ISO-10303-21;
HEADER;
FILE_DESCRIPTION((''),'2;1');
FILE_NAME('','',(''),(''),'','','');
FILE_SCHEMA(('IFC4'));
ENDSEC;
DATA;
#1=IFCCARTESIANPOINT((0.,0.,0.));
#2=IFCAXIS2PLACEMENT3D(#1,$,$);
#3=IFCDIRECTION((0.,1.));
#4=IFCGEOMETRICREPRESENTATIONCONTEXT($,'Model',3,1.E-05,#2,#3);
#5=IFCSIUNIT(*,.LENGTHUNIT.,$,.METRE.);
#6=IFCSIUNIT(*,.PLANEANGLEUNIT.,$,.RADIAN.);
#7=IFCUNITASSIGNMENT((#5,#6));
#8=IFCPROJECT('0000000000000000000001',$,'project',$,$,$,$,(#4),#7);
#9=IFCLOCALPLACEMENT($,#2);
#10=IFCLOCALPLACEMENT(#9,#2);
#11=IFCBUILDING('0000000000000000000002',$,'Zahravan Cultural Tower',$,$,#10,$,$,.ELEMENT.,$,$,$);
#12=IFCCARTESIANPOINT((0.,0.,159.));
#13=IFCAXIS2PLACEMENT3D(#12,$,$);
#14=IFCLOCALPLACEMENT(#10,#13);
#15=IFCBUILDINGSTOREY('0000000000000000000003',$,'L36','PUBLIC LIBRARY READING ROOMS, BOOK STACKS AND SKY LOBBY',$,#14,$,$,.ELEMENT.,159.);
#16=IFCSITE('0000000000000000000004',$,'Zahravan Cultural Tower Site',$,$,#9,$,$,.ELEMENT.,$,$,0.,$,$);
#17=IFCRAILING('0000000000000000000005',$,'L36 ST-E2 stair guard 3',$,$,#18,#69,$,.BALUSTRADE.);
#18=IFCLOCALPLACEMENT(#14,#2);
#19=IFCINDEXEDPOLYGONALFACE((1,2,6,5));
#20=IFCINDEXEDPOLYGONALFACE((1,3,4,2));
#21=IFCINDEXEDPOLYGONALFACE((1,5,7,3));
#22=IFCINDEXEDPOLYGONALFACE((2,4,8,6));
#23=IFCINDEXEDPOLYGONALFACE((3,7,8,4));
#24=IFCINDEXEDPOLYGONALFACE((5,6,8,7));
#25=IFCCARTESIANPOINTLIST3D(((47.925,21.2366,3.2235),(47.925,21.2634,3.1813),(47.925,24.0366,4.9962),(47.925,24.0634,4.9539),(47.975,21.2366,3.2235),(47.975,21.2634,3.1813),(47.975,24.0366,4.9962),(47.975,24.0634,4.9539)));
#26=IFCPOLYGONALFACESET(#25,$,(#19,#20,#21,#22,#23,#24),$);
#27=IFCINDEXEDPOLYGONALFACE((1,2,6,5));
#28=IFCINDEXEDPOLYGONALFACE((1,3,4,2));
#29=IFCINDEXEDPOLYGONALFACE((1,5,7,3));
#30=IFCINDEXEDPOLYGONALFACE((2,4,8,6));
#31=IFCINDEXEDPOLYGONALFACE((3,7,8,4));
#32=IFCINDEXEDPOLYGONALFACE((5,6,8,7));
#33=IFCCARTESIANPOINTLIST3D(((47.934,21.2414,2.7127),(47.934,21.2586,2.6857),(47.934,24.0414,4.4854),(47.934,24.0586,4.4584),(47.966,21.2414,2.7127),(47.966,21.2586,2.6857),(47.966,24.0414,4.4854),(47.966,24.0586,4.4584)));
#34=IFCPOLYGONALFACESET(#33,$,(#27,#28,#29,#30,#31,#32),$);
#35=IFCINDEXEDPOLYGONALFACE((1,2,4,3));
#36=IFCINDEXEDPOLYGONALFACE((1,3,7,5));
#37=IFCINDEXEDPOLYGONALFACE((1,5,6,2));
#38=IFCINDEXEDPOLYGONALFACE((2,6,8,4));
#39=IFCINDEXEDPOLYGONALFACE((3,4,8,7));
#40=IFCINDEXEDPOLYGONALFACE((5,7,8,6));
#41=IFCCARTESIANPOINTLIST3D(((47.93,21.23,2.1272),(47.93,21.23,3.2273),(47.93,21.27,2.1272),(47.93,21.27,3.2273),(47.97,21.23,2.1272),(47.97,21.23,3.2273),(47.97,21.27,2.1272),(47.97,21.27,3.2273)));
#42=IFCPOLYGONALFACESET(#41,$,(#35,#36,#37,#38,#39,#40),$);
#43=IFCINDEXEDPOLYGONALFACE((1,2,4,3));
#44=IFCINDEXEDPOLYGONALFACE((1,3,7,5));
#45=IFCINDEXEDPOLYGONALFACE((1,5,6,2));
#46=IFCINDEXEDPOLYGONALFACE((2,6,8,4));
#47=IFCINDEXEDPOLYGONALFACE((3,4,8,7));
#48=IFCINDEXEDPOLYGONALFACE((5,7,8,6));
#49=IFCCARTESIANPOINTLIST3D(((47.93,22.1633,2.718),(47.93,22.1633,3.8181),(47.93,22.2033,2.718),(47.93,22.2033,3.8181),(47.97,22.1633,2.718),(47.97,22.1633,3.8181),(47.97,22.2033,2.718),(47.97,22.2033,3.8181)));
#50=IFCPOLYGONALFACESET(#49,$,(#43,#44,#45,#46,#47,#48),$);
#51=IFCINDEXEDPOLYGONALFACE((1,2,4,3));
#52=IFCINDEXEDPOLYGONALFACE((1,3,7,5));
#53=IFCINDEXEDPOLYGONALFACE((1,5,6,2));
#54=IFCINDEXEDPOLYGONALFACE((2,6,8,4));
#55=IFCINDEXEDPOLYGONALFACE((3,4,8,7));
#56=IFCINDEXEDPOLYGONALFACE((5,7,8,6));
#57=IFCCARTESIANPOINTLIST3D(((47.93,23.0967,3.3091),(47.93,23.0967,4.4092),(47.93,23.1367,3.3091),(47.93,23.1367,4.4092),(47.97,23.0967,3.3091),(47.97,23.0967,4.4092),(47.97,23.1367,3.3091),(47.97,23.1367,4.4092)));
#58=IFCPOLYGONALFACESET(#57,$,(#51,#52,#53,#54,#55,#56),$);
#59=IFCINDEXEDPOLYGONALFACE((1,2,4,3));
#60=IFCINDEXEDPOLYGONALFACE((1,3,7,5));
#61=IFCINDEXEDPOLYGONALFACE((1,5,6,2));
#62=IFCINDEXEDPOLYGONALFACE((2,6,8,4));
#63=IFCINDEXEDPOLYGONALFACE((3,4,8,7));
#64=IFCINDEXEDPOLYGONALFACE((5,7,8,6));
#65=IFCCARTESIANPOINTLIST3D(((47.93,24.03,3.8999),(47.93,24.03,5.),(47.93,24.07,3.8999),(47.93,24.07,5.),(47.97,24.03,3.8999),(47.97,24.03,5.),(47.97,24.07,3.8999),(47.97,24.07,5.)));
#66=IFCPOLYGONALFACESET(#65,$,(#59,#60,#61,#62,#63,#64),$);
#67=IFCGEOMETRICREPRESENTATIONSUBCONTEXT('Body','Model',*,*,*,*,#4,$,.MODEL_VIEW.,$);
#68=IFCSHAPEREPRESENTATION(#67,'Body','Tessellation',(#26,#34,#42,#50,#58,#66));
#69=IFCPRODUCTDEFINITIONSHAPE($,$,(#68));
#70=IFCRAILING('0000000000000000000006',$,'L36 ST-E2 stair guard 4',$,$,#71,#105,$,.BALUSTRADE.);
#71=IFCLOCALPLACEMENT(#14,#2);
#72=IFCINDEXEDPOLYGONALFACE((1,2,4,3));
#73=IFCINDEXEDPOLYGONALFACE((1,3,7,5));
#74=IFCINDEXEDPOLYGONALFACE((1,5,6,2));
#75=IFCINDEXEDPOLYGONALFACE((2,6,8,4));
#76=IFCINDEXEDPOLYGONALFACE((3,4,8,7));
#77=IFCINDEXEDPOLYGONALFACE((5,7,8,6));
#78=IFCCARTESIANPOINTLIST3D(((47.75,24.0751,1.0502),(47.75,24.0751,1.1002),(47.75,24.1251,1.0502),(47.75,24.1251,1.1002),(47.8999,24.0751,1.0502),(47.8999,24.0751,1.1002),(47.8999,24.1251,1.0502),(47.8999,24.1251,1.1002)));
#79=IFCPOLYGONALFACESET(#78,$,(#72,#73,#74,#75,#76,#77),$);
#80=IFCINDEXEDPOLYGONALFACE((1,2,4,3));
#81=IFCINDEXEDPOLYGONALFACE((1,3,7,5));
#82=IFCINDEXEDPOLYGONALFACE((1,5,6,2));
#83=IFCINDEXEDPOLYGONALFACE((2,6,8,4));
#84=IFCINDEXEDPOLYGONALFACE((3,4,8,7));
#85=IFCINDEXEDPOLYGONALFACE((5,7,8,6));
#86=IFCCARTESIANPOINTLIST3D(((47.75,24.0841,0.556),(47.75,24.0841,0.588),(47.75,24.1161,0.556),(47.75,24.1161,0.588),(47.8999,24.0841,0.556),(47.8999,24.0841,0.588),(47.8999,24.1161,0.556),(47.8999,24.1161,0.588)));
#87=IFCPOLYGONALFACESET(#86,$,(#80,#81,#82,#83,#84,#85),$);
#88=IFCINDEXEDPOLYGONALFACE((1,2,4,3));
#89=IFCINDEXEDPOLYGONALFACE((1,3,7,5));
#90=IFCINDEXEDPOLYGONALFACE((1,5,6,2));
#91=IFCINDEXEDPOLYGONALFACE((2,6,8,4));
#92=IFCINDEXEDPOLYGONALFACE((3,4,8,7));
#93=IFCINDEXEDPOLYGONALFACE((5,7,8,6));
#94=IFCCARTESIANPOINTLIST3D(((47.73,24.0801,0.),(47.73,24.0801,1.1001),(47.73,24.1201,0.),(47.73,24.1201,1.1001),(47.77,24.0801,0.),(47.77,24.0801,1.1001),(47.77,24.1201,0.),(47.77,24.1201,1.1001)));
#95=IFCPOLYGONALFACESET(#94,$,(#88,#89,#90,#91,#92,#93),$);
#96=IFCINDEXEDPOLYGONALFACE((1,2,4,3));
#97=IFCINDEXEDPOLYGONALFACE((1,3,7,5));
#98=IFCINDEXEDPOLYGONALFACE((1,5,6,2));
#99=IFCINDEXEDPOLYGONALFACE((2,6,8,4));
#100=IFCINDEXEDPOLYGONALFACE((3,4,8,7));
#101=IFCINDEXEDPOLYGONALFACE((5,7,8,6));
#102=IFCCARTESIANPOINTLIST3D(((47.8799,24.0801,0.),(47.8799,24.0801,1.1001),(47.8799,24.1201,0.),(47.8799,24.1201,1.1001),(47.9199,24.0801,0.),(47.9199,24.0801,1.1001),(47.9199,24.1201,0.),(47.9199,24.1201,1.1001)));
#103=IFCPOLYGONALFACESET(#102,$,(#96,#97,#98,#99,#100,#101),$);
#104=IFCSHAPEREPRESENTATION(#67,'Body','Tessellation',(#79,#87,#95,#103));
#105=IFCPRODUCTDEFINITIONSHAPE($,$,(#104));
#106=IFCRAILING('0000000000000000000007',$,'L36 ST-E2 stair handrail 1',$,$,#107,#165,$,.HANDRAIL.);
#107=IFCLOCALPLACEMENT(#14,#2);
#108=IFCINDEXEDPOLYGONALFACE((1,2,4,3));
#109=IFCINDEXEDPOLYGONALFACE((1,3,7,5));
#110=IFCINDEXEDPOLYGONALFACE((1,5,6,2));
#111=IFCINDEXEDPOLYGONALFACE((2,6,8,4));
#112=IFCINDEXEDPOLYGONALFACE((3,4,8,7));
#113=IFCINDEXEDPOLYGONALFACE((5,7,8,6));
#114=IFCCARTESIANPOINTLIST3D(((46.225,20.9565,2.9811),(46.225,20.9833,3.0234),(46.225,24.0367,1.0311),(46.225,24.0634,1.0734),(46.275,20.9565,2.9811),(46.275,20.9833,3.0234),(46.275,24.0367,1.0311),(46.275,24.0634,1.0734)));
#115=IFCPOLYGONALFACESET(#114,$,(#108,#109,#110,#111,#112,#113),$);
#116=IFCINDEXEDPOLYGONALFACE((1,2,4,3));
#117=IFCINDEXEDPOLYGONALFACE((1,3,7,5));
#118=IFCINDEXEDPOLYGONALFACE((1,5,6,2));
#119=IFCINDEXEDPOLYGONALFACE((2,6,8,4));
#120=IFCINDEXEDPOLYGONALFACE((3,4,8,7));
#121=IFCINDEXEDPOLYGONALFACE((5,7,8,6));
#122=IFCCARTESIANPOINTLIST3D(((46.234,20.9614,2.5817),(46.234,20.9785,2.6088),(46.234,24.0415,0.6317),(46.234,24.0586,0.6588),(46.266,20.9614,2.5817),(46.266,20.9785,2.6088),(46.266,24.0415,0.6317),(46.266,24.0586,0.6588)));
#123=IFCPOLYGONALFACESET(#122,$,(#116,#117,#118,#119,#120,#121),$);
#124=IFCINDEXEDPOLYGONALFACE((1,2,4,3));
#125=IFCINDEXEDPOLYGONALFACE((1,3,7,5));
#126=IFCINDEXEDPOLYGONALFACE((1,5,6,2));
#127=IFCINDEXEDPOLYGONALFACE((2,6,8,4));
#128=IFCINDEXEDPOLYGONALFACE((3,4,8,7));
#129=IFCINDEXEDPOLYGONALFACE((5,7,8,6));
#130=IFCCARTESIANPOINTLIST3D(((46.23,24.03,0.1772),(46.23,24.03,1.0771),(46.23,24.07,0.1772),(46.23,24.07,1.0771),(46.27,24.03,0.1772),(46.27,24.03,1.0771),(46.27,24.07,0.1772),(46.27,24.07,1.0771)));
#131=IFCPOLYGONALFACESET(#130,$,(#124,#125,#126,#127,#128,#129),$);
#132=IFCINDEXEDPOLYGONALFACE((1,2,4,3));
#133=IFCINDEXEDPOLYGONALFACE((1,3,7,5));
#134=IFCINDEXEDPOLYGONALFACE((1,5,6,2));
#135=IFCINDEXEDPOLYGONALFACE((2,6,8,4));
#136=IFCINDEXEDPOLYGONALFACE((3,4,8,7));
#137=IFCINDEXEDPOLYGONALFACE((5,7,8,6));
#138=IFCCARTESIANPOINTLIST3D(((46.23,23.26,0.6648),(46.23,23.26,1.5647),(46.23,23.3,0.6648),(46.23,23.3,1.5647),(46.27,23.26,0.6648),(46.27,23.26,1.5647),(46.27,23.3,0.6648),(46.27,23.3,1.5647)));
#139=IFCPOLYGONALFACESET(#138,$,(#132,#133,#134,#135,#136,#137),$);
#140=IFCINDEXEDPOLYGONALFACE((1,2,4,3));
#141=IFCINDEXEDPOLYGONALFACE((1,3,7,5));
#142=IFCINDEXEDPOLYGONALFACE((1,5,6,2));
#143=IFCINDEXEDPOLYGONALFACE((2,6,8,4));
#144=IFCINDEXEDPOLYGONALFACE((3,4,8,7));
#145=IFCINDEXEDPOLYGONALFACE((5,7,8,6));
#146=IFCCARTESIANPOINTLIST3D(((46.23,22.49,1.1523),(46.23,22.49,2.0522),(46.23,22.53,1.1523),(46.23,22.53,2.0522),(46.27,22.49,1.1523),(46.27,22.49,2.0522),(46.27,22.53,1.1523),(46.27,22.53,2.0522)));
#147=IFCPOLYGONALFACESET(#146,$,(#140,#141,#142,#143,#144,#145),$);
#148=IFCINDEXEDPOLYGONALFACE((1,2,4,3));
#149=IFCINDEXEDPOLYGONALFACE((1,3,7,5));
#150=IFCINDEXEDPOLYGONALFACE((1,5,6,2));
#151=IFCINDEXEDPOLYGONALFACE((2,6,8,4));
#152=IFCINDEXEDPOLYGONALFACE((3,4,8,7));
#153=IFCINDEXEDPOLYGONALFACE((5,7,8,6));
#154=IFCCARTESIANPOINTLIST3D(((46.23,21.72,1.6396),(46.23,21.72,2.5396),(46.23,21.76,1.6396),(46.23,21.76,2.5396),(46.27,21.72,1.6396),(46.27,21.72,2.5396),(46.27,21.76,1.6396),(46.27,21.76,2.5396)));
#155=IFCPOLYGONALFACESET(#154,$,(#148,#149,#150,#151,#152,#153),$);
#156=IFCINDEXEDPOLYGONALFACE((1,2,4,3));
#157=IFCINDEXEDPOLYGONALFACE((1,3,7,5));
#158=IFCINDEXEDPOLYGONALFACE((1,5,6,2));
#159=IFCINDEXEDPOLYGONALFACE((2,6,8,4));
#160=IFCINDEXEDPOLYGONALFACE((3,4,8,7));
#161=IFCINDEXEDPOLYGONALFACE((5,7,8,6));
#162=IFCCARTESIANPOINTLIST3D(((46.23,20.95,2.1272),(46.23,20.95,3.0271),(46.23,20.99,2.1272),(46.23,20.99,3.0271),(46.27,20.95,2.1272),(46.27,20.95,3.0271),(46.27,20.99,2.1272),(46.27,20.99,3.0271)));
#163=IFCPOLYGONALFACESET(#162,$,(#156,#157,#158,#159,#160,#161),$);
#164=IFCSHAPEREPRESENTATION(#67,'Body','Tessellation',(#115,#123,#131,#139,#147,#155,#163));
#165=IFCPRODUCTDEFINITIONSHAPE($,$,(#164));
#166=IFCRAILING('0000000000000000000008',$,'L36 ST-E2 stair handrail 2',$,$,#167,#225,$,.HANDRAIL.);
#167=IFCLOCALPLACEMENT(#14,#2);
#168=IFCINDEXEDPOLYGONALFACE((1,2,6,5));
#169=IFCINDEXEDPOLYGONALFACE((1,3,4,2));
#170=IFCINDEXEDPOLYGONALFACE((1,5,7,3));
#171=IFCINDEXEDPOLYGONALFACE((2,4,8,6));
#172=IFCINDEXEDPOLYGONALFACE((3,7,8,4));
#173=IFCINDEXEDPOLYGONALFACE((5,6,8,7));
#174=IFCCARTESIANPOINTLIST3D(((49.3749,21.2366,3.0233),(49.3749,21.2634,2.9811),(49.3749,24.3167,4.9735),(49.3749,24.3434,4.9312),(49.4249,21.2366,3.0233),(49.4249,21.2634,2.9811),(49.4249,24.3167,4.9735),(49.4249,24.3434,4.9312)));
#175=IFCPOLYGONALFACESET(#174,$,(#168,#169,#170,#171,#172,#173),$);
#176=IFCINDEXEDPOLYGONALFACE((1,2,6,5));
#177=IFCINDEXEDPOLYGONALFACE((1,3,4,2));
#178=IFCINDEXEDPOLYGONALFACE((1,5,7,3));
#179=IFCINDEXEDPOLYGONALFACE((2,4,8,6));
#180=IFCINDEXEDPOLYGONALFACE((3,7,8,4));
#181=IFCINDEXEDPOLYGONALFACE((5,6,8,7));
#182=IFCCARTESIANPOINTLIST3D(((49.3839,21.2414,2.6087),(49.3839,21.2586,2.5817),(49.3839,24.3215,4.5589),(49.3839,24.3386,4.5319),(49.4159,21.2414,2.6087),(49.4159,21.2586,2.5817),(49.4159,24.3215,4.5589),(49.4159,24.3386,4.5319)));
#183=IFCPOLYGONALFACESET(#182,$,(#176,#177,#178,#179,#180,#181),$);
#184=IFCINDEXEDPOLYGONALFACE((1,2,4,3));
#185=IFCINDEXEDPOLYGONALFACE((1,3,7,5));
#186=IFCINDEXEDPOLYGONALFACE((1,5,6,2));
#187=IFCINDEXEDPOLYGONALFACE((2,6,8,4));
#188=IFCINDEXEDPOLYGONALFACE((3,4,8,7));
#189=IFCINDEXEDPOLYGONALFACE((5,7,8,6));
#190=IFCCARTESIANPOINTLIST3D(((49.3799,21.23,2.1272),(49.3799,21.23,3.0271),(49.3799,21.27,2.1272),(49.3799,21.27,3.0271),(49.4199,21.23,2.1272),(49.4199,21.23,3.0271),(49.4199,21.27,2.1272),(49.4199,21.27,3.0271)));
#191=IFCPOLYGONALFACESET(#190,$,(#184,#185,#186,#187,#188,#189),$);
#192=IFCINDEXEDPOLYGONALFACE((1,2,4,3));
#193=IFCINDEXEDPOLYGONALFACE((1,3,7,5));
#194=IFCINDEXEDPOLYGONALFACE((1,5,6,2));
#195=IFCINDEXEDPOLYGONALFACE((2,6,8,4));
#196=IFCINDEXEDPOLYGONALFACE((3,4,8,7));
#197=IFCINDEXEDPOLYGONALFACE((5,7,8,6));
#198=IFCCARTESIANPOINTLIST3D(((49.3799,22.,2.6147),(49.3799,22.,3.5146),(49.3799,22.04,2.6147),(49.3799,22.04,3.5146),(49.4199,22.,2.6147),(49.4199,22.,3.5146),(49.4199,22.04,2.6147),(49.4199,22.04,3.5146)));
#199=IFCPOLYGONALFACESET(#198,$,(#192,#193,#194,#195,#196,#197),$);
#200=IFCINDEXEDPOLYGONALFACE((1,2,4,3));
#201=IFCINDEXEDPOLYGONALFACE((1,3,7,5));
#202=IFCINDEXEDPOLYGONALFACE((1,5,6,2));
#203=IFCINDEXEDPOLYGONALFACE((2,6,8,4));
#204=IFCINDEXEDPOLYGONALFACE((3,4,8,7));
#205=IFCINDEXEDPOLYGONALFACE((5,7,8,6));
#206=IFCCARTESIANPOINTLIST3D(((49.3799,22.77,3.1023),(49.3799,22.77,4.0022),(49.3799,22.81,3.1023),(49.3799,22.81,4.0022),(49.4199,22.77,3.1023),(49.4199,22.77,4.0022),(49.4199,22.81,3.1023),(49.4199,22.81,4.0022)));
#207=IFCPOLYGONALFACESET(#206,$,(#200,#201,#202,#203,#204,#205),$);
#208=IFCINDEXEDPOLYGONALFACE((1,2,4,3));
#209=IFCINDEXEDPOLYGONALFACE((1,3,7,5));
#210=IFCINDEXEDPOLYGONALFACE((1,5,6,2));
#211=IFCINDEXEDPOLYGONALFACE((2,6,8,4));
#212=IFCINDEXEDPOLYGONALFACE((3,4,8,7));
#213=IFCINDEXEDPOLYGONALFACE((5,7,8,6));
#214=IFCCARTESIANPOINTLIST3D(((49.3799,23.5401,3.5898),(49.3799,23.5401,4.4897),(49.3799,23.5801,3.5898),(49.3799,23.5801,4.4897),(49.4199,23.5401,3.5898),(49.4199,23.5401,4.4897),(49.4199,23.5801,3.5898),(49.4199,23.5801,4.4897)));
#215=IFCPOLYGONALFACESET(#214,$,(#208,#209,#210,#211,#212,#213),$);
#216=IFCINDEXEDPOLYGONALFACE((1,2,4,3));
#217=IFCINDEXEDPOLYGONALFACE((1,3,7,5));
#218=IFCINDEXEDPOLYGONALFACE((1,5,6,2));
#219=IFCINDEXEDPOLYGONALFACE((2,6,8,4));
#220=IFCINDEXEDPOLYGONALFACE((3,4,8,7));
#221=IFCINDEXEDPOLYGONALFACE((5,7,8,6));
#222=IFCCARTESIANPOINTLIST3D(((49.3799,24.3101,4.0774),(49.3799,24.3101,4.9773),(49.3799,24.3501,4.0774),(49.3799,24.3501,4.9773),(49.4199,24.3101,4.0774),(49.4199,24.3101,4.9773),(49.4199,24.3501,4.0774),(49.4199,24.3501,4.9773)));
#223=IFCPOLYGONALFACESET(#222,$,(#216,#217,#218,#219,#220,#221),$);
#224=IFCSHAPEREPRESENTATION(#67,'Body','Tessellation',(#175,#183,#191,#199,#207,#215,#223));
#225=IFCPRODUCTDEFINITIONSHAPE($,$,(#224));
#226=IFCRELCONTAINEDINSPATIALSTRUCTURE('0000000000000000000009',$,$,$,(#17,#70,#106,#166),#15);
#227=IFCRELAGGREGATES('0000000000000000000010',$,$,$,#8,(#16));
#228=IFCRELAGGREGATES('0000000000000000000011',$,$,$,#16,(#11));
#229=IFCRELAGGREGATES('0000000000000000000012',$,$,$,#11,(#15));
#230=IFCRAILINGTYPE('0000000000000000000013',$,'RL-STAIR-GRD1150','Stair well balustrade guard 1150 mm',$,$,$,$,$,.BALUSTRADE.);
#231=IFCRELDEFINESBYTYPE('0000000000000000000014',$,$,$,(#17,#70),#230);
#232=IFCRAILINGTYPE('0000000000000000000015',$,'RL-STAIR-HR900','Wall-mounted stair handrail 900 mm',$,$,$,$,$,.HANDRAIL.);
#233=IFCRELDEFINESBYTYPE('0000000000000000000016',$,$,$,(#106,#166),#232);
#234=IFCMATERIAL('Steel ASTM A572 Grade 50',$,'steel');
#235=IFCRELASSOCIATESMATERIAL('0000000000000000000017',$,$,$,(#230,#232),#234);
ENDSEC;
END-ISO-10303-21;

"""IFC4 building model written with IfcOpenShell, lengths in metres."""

from ifc_helpers import new_model, si_unit, direction, frame, origin, origin_2d, place, context, subcontext, project, spatial, rectangle, extrude, material, type_object, element, save


model = new_model("IFC4")

# Units and contexts
model_context = context("Model", 3, precision=1e-05, world=origin(), true_north=direction((0.0, 1.0)))
body_context = subcontext(model_context, "Body", "Model", "MODEL_VIEW")
ifc_project = project(units=[si_unit("LENGTHUNIT", "METRE"), si_unit("PLANEANGLEUNIT", "RADIAN")], contexts=[model_context])

# Site, building, storey
site_placement = place(None, origin())
site = spatial("IfcSite", under=ifc_project, at=site_placement, Name="Zahravan Cultural Tower Site", CompositionType="ELEMENT", RefElevation=0.0)
building_placement = place(site_placement, origin())
building = spatial("IfcBuilding", under=site, at=building_placement, Name="Zahravan Cultural Tower", CompositionType="ELEMENT")
storey_placement = place(building_placement, frame((0.0, 0.0, 159.0)))
storey = spatial("IfcBuildingStorey", under=building, at=storey_placement, Name="L36", Description="PUBLIC LIBRARY READING ROOMS, BOOK STACKS AND SKY LOBBY", CompositionType="ELEMENT", Elevation=159.0)

# Shared definitions
ifc_material_1 = material(Name="Steel ASTM A572 Grade 50", Category="steel")

# Railings
railing_type_1 = type_object("IfcRailingType", Name="RL-STAIR-GRD1150", Description="Stair well balustrade guard 1150 mm", PredefinedType="BALUSTRADE", material=ifc_material_1)
railing_1_placement = place(storey_placement, frame((47.95, 21.25, 2.1272)))
element("IfcRailing", 1, at=railing_1_placement, inside=storey, type_object=railing_type_1, Name="L36 ST-E2 stair guard 3", PredefinedType="BALUSTRADE", context=body_context, shape_type="SweptSolid", body=[
    extrude(rectangle(XDim=0.05, YDim=0.05, at=origin_2d()), frame((0.0, 0.0, 1.0752), z_axis=(0.0, 0.844909, 0.53491), x_axis=(-1.0, 0.0, 0.0)), (0.0, 0.0, 1.0), 3.314),
    extrude(rectangle(XDim=0.032, YDim=0.032, at=origin_2d()), frame((0.0, 0.0, 0.572), z_axis=(0.0, 0.844909, 0.53491), x_axis=(-1.0, 0.0, 0.0)), (0.0, 0.0, 1.0), 3.314),
    extrude(rectangle(XDim=0.04, YDim=0.04, at=origin_2d()), origin(), (0.0, 0.0, 1.0), 1.1001),
    extrude(rectangle(XDim=0.04, YDim=0.04, at=origin_2d()), frame((0.0, 0.9333, 0.5908)), (0.0, 0.0, 1.0), 1.1001),
    extrude(rectangle(XDim=0.04, YDim=0.04, at=origin_2d()), frame((0.0, 1.8667, 1.1819)), (0.0, 0.0, 1.0), 1.1001),
    extrude(rectangle(XDim=0.04, YDim=0.04, at=origin_2d()), frame((0.0, 2.8, 1.7727)), (0.0, 0.0, 1.0), 1.1001),
])
railing_2_placement = place(storey_placement, frame((47.75, 24.1001, 0.0)))
element("IfcRailing", 2, at=railing_2_placement, inside=storey, type_object=railing_type_1, Name="L36 ST-E2 stair guard 4", PredefinedType="BALUSTRADE", context=body_context, shape_type="SweptSolid", body=[
    extrude(rectangle(XDim=0.05, YDim=0.05, at=origin_2d()), frame((0.0, 0.0, 1.0752), z_axis=(1.0, 0.0, 0.0), x_axis=(0.0, 1.0, 0.0)), (0.0, 0.0, 1.0), 0.1499),
    extrude(rectangle(XDim=0.032, YDim=0.032, at=origin_2d()), frame((0.0, 0.0, 0.572), z_axis=(1.0, 0.0, 0.0), x_axis=(0.0, 1.0, 0.0)), (0.0, 0.0, 1.0), 0.1499),
    extrude(rectangle(XDim=0.04, YDim=0.04, at=origin_2d()), origin(), (0.0, 0.0, 1.0), 1.1001),
    extrude(rectangle(XDim=0.04, YDim=0.04, at=origin_2d()), frame((0.1499, 0.0, 0.0)), (0.0, 0.0, 1.0), 1.1001),
])
railing_type_2 = type_object("IfcRailingType", Name="RL-STAIR-HR900", Description="Wall-mounted stair handrail 900 mm", PredefinedType="HANDRAIL", material=ifc_material_1)
railing_3_placement = place(storey_placement, frame((46.25, 24.05, 0.1772)))
element("IfcRailing", 3, at=railing_3_placement, inside=storey, type_object=railing_type_2, Name="L36 ST-E2 stair handrail 1", PredefinedType="HANDRAIL", context=body_context, shape_type="SweptSolid", body=[
    extrude(rectangle(XDim=0.05, YDim=0.05, at=origin_2d()), frame((0.0, 0.0, 0.875), z_axis=(0.0, -0.844914, 0.534902), x_axis=(1.0, 0.0, 0.0)), (0.0, 0.0, 1.0), 3.6455),
    extrude(rectangle(XDim=0.032, YDim=0.032, at=origin_2d()), frame((0.0, 0.0, 0.468), z_axis=(0.0, -0.844914, 0.534902), x_axis=(1.0, 0.0, 0.0)), (0.0, 0.0, 1.0), 3.6455),
    extrude(rectangle(XDim=0.04, YDim=0.04, at=origin_2d()), origin(), (0.0, 0.0, 1.0), 0.8999),
    extrude(rectangle(XDim=0.04, YDim=0.04, at=origin_2d()), frame((0.0, -0.77, 0.4875)), (0.0, 0.0, 1.0), 0.8999),
    extrude(rectangle(XDim=0.04, YDim=0.04, at=origin_2d()), frame((0.0, -1.54, 0.9751)), (0.0, 0.0, 1.0), 0.8999),
    extrude(rectangle(XDim=0.04, YDim=0.04, at=origin_2d()), frame((0.0, -2.3101, 1.4624)), (0.0, 0.0, 1.0), 0.8999),
    extrude(rectangle(XDim=0.04, YDim=0.04, at=origin_2d()), frame((0.0, -3.0801, 1.95)), (0.0, 0.0, 1.0), 0.8999),
])
railing_4_placement = place(storey_placement, frame((49.3999, 21.25, 2.1272)))
element("IfcRailing", 4, at=railing_4_placement, inside=storey, type_object=railing_type_2, Name="L36 ST-E2 stair handrail 2", PredefinedType="HANDRAIL", context=body_context, shape_type="SweptSolid", body=[
    extrude(rectangle(XDim=0.05, YDim=0.05, at=origin_2d()), frame((0.0, 0.0, 0.875), z_axis=(0.0, 0.844884, 0.53495), x_axis=(-1.0, 0.0, 0.0)), (0.0, 0.0, 1.0), 3.6455),
    extrude(rectangle(XDim=0.032, YDim=0.032, at=origin_2d()), frame((0.0, 0.0, 0.468), z_axis=(0.0, 0.844884, 0.53495), x_axis=(-1.0, 0.0, 0.0)), (0.0, 0.0, 1.0), 3.6455),
    extrude(rectangle(XDim=0.04, YDim=0.04, at=origin_2d()), origin(), (0.0, 0.0, 1.0), 0.8999),
    extrude(rectangle(XDim=0.04, YDim=0.04, at=origin_2d()), frame((0.0, 0.77, 0.4875)), (0.0, 0.0, 1.0), 0.8999),
    extrude(rectangle(XDim=0.04, YDim=0.04, at=origin_2d()), frame((0.0, 1.54, 0.9751)), (0.0, 0.0, 1.0), 0.8999),
    extrude(rectangle(XDim=0.04, YDim=0.04, at=origin_2d()), frame((0.0, 2.3101, 1.4626)), (0.0, 0.0, 1.0), 0.8999),
    extrude(rectangle(XDim=0.04, YDim=0.04, at=origin_2d()), frame((0.0, 3.0801, 1.9502)), (0.0, 0.0, 1.0), 0.8999),
])

save(model, "model.ifc")
